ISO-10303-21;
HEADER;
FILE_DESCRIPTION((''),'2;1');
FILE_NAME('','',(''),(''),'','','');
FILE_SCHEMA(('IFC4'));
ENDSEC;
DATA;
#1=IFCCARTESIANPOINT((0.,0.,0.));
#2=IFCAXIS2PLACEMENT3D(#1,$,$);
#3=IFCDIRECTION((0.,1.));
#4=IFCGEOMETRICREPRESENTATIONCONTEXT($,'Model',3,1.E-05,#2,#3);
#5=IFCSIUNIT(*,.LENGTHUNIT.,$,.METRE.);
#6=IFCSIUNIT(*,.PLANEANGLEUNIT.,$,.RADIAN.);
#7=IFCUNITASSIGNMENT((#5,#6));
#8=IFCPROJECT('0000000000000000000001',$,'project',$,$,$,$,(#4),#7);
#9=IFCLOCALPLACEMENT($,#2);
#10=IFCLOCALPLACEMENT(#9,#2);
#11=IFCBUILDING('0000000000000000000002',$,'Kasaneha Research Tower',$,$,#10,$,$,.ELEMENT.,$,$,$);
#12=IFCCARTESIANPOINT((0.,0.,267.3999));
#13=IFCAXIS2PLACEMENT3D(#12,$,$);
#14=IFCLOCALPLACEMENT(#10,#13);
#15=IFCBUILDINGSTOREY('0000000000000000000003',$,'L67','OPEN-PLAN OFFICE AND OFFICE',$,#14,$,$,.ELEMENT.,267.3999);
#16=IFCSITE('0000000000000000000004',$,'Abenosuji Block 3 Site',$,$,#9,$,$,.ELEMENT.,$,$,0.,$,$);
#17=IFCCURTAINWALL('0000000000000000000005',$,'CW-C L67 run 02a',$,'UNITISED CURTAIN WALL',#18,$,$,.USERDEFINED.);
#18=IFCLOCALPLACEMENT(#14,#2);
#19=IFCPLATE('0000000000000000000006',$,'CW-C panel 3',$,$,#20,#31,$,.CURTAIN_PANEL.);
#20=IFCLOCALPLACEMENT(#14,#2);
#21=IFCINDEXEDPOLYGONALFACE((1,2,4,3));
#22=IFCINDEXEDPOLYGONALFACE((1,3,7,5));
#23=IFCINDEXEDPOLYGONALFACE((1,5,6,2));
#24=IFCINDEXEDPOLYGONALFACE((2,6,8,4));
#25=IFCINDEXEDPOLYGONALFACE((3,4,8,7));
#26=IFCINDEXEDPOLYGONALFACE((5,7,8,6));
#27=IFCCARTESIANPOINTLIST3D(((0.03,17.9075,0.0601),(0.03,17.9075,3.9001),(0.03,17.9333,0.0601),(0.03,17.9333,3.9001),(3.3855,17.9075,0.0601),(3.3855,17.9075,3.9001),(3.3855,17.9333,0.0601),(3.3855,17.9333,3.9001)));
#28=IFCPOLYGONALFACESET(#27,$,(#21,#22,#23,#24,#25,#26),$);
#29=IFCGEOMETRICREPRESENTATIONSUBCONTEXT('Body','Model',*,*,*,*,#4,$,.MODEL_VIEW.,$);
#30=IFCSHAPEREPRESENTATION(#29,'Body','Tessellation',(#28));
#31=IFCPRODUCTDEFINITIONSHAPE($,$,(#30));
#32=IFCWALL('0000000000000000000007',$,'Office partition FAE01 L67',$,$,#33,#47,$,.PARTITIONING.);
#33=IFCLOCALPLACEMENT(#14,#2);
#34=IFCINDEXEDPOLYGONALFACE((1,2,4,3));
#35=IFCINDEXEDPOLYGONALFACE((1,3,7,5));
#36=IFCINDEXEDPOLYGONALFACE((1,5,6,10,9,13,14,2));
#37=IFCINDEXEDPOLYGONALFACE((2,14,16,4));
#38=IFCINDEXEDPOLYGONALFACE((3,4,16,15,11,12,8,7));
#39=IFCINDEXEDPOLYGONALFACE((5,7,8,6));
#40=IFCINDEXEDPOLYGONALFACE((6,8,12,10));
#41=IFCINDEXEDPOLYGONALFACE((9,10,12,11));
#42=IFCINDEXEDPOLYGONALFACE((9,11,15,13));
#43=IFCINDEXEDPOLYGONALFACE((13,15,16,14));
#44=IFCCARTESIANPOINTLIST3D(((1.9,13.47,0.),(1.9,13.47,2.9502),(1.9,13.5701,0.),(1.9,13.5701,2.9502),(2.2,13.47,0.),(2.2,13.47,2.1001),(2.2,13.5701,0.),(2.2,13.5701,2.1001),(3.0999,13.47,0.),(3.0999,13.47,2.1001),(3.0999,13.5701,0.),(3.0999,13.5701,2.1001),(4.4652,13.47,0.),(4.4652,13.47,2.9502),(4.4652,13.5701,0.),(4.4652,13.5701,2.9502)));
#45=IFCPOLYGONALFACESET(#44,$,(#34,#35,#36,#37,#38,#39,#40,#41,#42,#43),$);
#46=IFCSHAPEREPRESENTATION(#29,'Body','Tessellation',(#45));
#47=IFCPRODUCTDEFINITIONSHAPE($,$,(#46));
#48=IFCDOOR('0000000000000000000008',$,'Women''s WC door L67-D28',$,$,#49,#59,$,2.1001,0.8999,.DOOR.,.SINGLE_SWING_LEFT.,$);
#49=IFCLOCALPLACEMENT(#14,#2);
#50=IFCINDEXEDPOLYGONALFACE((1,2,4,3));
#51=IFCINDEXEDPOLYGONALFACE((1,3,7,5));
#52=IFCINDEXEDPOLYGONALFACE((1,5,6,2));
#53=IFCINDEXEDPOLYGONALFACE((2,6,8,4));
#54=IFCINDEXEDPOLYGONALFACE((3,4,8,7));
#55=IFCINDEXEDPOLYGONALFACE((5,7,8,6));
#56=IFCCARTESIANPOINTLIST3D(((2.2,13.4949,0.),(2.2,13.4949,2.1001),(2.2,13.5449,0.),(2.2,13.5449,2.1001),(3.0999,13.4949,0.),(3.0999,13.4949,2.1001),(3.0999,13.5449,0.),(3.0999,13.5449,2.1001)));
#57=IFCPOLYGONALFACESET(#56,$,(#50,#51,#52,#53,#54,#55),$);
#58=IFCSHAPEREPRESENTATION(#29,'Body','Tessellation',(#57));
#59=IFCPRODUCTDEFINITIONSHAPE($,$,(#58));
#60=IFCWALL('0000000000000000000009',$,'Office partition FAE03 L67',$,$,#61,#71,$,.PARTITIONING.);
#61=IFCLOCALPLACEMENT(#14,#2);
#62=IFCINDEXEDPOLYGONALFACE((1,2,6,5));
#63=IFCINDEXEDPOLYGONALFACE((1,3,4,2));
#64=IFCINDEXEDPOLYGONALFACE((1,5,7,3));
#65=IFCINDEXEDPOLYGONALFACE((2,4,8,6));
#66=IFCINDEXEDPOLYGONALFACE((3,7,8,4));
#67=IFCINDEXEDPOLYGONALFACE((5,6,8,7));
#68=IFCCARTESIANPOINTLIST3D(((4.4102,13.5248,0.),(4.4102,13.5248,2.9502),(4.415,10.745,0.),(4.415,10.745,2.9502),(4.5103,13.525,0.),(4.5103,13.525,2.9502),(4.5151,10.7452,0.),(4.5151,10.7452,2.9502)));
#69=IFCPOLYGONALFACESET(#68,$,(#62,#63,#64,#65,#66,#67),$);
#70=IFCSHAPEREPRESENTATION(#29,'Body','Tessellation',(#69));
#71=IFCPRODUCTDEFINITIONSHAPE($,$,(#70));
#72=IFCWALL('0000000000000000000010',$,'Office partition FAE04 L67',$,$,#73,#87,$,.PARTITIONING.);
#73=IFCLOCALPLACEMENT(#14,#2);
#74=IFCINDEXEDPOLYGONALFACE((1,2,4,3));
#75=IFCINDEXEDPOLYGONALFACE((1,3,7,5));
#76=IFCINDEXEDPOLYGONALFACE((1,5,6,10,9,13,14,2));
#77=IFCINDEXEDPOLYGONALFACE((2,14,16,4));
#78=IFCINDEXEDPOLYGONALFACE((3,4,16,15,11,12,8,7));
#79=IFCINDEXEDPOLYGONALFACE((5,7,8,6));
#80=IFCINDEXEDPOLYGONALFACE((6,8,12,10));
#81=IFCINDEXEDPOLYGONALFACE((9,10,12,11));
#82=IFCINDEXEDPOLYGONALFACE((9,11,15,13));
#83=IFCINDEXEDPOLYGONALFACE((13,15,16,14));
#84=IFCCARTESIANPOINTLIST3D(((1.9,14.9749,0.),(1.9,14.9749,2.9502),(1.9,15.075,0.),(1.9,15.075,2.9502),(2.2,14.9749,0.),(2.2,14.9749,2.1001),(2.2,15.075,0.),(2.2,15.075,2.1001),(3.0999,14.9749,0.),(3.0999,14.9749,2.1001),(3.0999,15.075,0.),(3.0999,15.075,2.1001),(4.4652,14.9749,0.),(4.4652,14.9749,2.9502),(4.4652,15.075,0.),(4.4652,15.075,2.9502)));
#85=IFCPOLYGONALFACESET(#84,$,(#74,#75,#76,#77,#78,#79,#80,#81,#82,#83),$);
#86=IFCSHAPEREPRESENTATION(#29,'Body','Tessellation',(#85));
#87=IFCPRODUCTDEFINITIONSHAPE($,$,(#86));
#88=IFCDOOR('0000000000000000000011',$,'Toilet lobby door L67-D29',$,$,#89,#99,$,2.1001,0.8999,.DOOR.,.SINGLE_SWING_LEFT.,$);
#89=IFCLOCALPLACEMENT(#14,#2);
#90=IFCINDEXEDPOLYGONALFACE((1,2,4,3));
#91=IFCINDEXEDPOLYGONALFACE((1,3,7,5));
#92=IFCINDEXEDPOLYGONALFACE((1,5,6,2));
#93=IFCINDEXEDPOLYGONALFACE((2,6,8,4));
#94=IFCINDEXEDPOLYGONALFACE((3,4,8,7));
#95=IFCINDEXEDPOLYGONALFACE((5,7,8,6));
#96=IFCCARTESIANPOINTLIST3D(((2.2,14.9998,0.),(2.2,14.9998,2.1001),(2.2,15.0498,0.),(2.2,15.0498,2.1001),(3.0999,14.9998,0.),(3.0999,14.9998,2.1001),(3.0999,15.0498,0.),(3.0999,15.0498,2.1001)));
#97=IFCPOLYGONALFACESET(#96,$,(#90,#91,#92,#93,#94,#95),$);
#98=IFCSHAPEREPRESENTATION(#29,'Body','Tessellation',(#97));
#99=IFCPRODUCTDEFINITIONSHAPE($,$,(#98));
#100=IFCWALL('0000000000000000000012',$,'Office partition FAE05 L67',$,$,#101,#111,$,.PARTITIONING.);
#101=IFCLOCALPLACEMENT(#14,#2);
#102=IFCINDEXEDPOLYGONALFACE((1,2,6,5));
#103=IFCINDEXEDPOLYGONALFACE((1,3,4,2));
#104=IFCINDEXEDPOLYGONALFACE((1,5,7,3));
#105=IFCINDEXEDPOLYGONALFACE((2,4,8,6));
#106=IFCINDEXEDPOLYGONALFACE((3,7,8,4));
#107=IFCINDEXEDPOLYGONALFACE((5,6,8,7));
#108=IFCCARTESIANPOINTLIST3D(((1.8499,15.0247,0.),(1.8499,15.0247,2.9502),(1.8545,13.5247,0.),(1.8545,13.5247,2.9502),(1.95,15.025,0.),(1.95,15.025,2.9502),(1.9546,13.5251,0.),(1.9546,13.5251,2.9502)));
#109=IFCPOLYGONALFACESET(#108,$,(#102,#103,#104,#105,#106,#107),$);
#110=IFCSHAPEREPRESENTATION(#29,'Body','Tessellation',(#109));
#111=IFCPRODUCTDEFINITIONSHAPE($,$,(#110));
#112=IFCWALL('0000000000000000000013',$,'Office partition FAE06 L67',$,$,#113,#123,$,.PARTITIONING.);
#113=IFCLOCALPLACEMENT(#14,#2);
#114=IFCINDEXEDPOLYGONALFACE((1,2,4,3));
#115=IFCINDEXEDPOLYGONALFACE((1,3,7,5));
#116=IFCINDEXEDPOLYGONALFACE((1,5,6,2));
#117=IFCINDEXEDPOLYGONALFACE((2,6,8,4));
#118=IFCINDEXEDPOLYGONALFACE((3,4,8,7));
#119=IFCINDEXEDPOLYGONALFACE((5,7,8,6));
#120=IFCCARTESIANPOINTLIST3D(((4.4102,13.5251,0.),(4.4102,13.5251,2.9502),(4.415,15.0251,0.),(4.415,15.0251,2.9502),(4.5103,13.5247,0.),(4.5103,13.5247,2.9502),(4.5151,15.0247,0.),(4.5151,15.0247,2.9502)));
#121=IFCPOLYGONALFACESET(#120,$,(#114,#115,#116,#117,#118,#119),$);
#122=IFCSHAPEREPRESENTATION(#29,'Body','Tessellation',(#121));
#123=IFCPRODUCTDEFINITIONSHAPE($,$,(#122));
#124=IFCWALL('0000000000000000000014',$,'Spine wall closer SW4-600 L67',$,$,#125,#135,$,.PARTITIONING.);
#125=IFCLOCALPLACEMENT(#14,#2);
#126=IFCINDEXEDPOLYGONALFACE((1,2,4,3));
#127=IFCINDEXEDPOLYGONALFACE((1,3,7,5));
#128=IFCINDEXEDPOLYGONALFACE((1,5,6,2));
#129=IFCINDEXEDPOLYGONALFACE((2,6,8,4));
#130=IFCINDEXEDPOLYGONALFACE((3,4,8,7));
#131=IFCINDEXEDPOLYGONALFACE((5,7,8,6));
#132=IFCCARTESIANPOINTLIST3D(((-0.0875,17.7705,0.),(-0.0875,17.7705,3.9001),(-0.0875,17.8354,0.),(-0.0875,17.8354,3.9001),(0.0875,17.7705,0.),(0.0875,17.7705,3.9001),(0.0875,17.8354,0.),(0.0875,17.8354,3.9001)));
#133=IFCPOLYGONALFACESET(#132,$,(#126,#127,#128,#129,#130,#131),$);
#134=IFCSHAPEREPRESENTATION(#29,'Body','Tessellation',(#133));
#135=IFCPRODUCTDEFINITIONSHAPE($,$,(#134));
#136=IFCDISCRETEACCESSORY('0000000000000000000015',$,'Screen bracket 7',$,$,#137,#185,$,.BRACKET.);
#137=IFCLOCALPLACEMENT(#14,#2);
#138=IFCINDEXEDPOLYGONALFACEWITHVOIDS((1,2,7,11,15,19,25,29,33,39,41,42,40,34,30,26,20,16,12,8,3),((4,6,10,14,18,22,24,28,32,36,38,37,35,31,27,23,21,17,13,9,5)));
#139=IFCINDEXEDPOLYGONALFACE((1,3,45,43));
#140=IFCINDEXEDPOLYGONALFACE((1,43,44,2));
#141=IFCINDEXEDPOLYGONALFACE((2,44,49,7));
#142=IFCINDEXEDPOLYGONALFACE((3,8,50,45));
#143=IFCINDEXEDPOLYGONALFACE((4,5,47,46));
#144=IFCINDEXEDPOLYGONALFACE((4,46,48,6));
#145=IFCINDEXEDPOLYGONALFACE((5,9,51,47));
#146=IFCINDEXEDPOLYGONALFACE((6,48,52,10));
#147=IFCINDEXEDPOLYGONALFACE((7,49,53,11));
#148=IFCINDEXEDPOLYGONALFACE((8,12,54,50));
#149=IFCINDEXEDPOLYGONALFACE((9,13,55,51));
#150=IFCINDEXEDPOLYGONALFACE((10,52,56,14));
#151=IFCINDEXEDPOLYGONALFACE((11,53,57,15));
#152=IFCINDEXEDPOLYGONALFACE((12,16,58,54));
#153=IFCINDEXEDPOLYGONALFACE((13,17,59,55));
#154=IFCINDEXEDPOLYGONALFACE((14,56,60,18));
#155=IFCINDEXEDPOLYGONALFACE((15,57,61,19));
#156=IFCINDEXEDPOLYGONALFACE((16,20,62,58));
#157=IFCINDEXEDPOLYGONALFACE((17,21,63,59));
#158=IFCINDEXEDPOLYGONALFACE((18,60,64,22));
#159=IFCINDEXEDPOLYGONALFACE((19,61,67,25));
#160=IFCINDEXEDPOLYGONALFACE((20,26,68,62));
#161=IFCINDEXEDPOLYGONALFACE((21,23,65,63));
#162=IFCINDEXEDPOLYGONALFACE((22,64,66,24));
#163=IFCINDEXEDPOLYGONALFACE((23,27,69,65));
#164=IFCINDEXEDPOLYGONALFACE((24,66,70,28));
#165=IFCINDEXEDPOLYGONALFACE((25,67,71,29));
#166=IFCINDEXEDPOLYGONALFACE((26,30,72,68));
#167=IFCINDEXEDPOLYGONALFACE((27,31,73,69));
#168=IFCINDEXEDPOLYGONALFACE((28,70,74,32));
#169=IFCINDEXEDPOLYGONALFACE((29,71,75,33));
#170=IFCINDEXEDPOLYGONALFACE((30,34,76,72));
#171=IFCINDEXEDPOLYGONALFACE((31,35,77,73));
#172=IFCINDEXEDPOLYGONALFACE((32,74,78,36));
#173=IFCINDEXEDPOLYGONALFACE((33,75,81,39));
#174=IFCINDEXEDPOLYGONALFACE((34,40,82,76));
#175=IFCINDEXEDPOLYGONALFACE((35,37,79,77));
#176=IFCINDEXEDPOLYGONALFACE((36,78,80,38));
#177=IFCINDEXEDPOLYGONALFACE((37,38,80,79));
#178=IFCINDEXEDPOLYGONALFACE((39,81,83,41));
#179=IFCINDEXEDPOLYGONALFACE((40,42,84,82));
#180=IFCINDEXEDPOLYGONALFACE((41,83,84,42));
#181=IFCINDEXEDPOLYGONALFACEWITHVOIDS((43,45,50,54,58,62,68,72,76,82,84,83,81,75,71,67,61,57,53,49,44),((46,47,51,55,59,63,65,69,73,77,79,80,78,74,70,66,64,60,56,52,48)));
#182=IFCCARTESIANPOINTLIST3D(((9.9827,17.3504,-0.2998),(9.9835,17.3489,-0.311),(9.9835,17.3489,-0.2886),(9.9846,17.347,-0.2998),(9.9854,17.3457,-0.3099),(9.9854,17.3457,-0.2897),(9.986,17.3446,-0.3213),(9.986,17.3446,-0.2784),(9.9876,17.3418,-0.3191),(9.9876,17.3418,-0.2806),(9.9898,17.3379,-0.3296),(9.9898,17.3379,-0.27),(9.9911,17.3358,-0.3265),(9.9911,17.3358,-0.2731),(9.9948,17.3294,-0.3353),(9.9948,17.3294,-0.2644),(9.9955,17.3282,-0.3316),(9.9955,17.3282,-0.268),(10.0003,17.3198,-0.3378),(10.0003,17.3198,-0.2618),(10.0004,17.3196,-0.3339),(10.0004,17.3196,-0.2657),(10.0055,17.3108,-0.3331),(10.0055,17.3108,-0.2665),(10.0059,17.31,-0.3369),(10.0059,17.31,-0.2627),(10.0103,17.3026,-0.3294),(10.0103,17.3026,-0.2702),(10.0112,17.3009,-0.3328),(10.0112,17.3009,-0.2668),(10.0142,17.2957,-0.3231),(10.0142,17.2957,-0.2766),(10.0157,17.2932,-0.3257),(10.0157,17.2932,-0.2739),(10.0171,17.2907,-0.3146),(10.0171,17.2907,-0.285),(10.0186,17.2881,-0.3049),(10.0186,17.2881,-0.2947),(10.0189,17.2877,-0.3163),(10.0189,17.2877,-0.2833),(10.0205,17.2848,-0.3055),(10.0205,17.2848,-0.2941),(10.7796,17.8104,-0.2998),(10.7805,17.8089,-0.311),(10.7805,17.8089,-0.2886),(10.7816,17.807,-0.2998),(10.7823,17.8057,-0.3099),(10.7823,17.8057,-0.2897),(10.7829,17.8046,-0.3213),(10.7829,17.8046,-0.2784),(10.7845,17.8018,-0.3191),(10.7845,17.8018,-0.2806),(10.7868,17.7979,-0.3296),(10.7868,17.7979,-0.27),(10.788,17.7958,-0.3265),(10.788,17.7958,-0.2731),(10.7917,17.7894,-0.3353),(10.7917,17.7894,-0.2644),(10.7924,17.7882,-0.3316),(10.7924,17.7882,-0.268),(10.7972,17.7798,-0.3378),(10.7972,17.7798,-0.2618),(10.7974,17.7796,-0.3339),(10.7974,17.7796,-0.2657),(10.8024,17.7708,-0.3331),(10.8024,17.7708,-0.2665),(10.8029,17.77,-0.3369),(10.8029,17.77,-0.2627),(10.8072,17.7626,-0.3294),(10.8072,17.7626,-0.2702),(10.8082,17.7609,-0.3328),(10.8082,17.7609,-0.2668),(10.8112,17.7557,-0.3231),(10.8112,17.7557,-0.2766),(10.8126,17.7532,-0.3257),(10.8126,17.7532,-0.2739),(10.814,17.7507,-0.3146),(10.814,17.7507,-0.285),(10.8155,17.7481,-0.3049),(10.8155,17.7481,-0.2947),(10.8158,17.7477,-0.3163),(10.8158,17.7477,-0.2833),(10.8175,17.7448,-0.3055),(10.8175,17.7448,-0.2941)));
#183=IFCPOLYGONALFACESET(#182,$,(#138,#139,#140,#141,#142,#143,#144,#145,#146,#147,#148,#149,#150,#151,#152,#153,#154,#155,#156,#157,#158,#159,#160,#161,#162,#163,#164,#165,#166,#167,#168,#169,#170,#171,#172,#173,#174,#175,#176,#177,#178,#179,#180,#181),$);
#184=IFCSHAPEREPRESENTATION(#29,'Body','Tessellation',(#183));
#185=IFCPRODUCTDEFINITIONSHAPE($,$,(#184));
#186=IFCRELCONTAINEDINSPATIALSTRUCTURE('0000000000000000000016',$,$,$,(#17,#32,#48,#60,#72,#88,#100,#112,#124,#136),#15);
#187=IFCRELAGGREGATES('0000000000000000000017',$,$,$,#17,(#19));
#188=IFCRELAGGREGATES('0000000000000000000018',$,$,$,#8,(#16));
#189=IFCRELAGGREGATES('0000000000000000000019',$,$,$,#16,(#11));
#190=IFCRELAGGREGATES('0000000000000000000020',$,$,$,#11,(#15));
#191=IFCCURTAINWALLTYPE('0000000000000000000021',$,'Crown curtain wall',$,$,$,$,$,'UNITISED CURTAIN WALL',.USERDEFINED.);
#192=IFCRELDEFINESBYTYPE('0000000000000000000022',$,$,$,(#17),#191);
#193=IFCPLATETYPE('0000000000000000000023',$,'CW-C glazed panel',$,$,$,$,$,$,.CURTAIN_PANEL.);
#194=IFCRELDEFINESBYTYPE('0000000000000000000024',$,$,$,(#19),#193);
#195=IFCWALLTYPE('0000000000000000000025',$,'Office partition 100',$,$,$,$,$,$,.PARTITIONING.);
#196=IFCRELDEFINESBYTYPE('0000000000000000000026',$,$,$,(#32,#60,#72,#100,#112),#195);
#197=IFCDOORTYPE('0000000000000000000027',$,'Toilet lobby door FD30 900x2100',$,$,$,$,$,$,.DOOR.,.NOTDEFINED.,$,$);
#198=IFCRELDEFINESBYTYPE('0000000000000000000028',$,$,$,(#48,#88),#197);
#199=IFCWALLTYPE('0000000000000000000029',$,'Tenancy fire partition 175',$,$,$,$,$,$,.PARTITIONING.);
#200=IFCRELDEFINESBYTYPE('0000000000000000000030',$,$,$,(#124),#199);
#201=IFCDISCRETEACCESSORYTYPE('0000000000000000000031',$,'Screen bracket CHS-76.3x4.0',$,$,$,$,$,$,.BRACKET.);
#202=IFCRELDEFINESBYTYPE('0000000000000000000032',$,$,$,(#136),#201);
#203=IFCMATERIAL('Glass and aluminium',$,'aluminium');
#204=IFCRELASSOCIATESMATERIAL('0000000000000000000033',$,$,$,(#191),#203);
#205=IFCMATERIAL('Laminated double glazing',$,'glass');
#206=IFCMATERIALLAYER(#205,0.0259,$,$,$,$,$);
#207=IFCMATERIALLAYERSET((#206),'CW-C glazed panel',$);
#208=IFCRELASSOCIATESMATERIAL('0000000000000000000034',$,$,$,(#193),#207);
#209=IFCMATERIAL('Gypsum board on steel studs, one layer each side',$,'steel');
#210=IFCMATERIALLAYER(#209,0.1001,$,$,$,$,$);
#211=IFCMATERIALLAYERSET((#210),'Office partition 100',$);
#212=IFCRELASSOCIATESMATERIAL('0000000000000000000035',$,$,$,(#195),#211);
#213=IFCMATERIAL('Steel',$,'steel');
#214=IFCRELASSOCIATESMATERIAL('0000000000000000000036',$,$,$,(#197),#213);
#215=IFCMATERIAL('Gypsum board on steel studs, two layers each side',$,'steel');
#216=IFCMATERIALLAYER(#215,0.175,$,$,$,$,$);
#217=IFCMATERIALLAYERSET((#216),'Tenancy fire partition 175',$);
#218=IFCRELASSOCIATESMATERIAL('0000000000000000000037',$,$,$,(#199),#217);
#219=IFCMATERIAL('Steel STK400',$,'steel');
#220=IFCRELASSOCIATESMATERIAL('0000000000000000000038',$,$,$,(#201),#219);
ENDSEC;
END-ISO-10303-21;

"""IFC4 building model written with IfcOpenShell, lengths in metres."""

from ifc_helpers import new_model, si_unit, direction, frame, frame_2d, origin, origin_2d, place, context, subcontext, project, spatial, rectangle, hollow_circle, extrude, material, layer, layer_set, material_profile, profile_set, type_object, element, fill, aggregate, save


model = new_model("IFC4")

# Units and contexts
model_context = context("Model", 3, precision=1e-05, world=origin(), true_north=direction((0.0, 1.0)))
body_context = subcontext(model_context, "Body", "Model", "MODEL_VIEW")
ifc_project = project(units=[si_unit("LENGTHUNIT", "METRE"), si_unit("PLANEANGLEUNIT", "RADIAN")], contexts=[model_context])

# Site, building, storey
site_placement = place(None, origin())
site = spatial("IfcSite", under=ifc_project, at=site_placement, Name="Abenosuji Block 3 Site", CompositionType="ELEMENT", RefElevation=0.0)
building_placement = place(site_placement, origin())
building = spatial("IfcBuilding", under=site, at=building_placement, Name="Kasaneha Research Tower", CompositionType="ELEMENT")
storey_placement = place(building_placement, frame((0.0, 0.0, 267.3999)))
storey = spatial("IfcBuildingStorey", under=building, at=storey_placement, Name="L67", Description="OPEN-PLAN OFFICE AND OFFICE", CompositionType="ELEMENT", Elevation=267.3999)

# Curtain wall
ifc_material_1 = material(Name="Glass and aluminium", Category="aluminium")
curtain_wall_type = type_object("IfcCurtainWallType", Name="Crown curtain wall", ElementType="UNITISED CURTAIN WALL", PredefinedType="USERDEFINED", material=ifc_material_1)
curtain_wall_placement = place(storey_placement, origin())
curtain_wall = element("IfcCurtainWall", 1, at=curtain_wall_placement, inside=storey, type_object=curtain_wall_type, Name="CW-C L67 run 02a", ObjectType="UNITISED CURTAIN WALL", PredefinedType="USERDEFINED")

# Plate
ifc_material_2 = material(Name="Laminated double glazing", Category="glass")
ifc_layer_1 = layer(ifc_material_2, 0.0259)
ifc_layer_set_1 = layer_set([ifc_layer_1], Name="CW-C glazed panel")
plate_type = type_object("IfcPlateType", Name="CW-C glazed panel", PredefinedType="CURTAIN_PANEL", material=ifc_layer_set_1)
plate_1_placement = place(storey_placement, frame((1.7078, 17.9204, 0.0601), z_axis=(0.0, 0.0, 1.0), x_axis=(-1.0, 0.0, 0.0)))
plate_1 = element("IfcPlate", 2, at=plate_1_placement, type_object=plate_type, Name="CW-C panel 3", PredefinedType="CURTAIN_PANEL", context=body_context, shape_type="SweptSolid", body=[
    extrude(rectangle(XDim=3.3555, YDim=0.0259, at=origin_2d()), origin(), (0.0, 0.0, 1.0), 3.8401),
])
aggregate(curtain_wall, [plate_1])

# Wall, opening, door
ifc_material_3 = material(Name="Gypsum board on steel studs, one layer each side", Category="steel")
ifc_layer_2 = layer(ifc_material_3, 0.1001)
ifc_layer_set_2 = layer_set([ifc_layer_2], Name="Office partition 100")
wall_type_1 = type_object("IfcWallType", Name="Office partition 100", PredefinedType="PARTITIONING", material=ifc_layer_set_2)
wall_1_placement = place(storey_placement, frame((1.8999, 13.52, 0.0), z_axis=(0.0, 0.0, 1.0), x_axis=(1.0, 0.0, 0.0)))
wall_1 = element("IfcWall", 3, at=wall_1_placement, inside=storey, type_object=wall_type_1, Name="Office partition FAE01 L67", PredefinedType="PARTITIONING", context=body_context, shape_type="SweptSolid", body=[
    extrude(rectangle(XDim=2.5652, YDim=0.1001, at=frame_2d((1.2827, 0.0))), origin(), (0.0, 0.0, 1.0), 2.9502),
])
opening_1_placement = place(wall_1_placement, frame((0.3, 0.0, 0.0)))
opening_1 = element("IfcOpeningElement", 4, at=opening_1_placement, cuts=wall_1, PredefinedType="OPENING", context=body_context, shape_type="SweptSolid", body=[
    extrude(rectangle(XDim=0.8999, YDim=2.1001, at=frame_2d((0.45, 1.05))), frame((0.0, 0.0601, 0.0), z_axis=(0.0, -1.0, 0.0), x_axis=(1.0, 0.0, 0.0)), (0.0, 0.0, 1.0), 0.1201),
])
ifc_material_4 = material(Name="Steel", Category="steel")
door_type = type_object("IfcDoorType", Name="Toilet lobby door FD30 900x2100", OperationType="NOTDEFINED", PredefinedType="DOOR", material=ifc_material_4)
door_1_placement = place(opening_1_placement, origin())
door_1 = element("IfcDoor", 5, at=door_1_placement, inside=storey, type_object=door_type, Name="Women's WC door L67-D28", OperationType="SINGLE_SWING_LEFT", OverallHeight=2.1001, OverallWidth=0.8999, PredefinedType="DOOR", context=body_context, shape_type="SweptSolid", body=[
    extrude(rectangle(XDim=0.8999, YDim=2.1001, at=frame_2d((0.45, 1.05))), frame((0.0, 0.0249, 0.0), z_axis=(0.0, -1.0, 0.0), x_axis=(1.0, 0.0, 0.0)), (0.0, 0.0, 1.0), 0.05),
])
fill(opening_1, door_1)

# Wall
wall_2_placement = place(storey_placement, frame((4.4602, 13.5249, 0.0), z_axis=(0.0, 0.0, 1.0), x_axis=(0.001757, -0.999998, 0.0)))
element("IfcWall", 6, at=wall_2_placement, inside=storey, type_object=wall_type_1, Name="Office partition FAE03 L67", PredefinedType="PARTITIONING", context=body_context, shape_type="SweptSolid", body=[
    extrude(rectangle(XDim=2.7798, YDim=0.1001, at=frame_2d((1.3899, 0.0))), origin(), (0.0, 0.0, 1.0), 2.9502),
])

# Wall, opening, door
wall_3_placement = place(storey_placement, frame((1.8999, 15.0249, 0.0), z_axis=(0.0, 0.0, 1.0), x_axis=(1.0, 0.0, 0.0)))
wall_3 = element("IfcWall", 7, at=wall_3_placement, inside=storey, type_object=wall_type_1, Name="Office partition FAE04 L67", PredefinedType="PARTITIONING", context=body_context, shape_type="SweptSolid", body=[
    extrude(rectangle(XDim=2.5652, YDim=0.1001, at=frame_2d((1.2827, 0.0))), origin(), (0.0, 0.0, 1.0), 2.9502),
])
opening_2_placement = place(wall_3_placement, frame((0.3, 0.0, 0.0)))
opening_2 = element("IfcOpeningElement", 8, at=opening_2_placement, cuts=wall_3, PredefinedType="OPENING", context=body_context, shape_type="SweptSolid", body=[
    extrude(rectangle(XDim=0.8999, YDim=2.1001, at=frame_2d((0.45, 1.05))), frame((0.0, 0.0601, 0.0), z_axis=(0.0, -1.0, 0.0), x_axis=(1.0, 0.0, 0.0)), (0.0, 0.0, 1.0), 0.1201),
])
door_2_placement = place(opening_2_placement, origin())
door_2 = element("IfcDoor", 9, at=door_2_placement, inside=storey, type_object=door_type, Name="Toilet lobby door L67-D29", OperationType="SINGLE_SWING_LEFT", OverallHeight=2.1001, OverallWidth=0.8999, PredefinedType="DOOR", context=body_context, shape_type="SweptSolid", body=[
    extrude(rectangle(XDim=0.8999, YDim=2.1001, at=frame_2d((0.45, 1.05))), frame((0.0, 0.0249, 0.0), z_axis=(0.0, -1.0, 0.0), x_axis=(1.0, 0.0, 0.0)), (0.0, 0.0, 1.0), 0.05),
])
fill(opening_2, door_2)

# Walls
for number, where, z_axis, x_axis, name in (
    (10, (1.9045, 13.5249, 0.0), (0.0, 0.0, 1.0), (-0.003092, 0.999995, 0.0), "Office partition FAE05 L67"),
    (11, (4.4651, 15.0249, 0.0), (0.0, 0.0, 1.0), (-0.003255, -0.999995, 0.0), "Office partition FAE06 L67"),
):
    element("IfcWall", number, at=place(storey_placement, frame(where, z_axis=z_axis, x_axis=x_axis)), inside=storey, type_object=wall_type_1, Name=name, PredefinedType="PARTITIONING", context=body_context, shape_type="SweptSolid", body=[
        extrude(rectangle(XDim=1.5, YDim=0.1001, at=frame_2d((0.75, 0.0))), origin(), (0.0, 0.0, 1.0), 2.9502),
    ])
ifc_material_5 = material(Name="Gypsum board on steel studs, two layers each side", Category="steel")
ifc_layer_3 = layer(ifc_material_5, 0.175)
ifc_layer_set_3 = layer_set([ifc_layer_3], Name="Tenancy fire partition 175")
wall_type_2 = type_object("IfcWallType", Name="Tenancy fire partition 175", PredefinedType="PARTITIONING", material=ifc_layer_set_3)
wall_4_placement = place(storey_placement, frame((0.0, 17.7705, 0.0), z_axis=(0.0, 0.0, 1.0), x_axis=(0.0, 1.0, 0.0)))
element("IfcWall", 12, at=wall_4_placement, inside=storey, type_object=wall_type_2, Name="Spine wall closer SW4-600 L67", PredefinedType="PARTITIONING", context=body_context, shape_type="SweptSolid", body=[
    extrude(rectangle(XDim=0.0649, YDim=0.175, at=frame_2d((0.0325, 0.0))), origin(), (0.0, 0.0, 1.0), 3.9001),
])

# Discrete accessory
ifc_material_6 = material(Name="Steel STK400", Category="steel")
ifc_material_profile_1 = material_profile(ifc_material_6, hollow_circle(Radius=0.0381, WallThickness=0.0039, at=origin_2d()), Name="CHS-76.3x4.0")
ifc_profile_set_1 = profile_set([ifc_material_profile_1], Name="Steel STK400")
discrete_accessory_type = type_object("IfcDiscreteAccessoryType", Name="Screen bracket CHS-76.3x4.0", PredefinedType="BRACKET", material=ifc_profile_set_1)
discrete_accessory_placement = place(storey_placement, frame((10.0017, 17.3174, -0.2998), z_axis=(0.86608, 0.499906, 0.0), x_axis=(-0.499906, 0.86608, 0.0)))
element("IfcDiscreteAccessory", 13, at=discrete_accessory_placement, inside=storey, type_object=discrete_accessory_type, Name="Screen bracket 7", PredefinedType="BRACKET", context=body_context, shape_type="SweptSolid", body=[
    extrude(hollow_circle(Radius=0.0381, WallThickness=0.0039, at=origin_2d()), origin(), (0.0, 0.0, 1.0), 0.9202),
])

save(model, "model.ifc")
